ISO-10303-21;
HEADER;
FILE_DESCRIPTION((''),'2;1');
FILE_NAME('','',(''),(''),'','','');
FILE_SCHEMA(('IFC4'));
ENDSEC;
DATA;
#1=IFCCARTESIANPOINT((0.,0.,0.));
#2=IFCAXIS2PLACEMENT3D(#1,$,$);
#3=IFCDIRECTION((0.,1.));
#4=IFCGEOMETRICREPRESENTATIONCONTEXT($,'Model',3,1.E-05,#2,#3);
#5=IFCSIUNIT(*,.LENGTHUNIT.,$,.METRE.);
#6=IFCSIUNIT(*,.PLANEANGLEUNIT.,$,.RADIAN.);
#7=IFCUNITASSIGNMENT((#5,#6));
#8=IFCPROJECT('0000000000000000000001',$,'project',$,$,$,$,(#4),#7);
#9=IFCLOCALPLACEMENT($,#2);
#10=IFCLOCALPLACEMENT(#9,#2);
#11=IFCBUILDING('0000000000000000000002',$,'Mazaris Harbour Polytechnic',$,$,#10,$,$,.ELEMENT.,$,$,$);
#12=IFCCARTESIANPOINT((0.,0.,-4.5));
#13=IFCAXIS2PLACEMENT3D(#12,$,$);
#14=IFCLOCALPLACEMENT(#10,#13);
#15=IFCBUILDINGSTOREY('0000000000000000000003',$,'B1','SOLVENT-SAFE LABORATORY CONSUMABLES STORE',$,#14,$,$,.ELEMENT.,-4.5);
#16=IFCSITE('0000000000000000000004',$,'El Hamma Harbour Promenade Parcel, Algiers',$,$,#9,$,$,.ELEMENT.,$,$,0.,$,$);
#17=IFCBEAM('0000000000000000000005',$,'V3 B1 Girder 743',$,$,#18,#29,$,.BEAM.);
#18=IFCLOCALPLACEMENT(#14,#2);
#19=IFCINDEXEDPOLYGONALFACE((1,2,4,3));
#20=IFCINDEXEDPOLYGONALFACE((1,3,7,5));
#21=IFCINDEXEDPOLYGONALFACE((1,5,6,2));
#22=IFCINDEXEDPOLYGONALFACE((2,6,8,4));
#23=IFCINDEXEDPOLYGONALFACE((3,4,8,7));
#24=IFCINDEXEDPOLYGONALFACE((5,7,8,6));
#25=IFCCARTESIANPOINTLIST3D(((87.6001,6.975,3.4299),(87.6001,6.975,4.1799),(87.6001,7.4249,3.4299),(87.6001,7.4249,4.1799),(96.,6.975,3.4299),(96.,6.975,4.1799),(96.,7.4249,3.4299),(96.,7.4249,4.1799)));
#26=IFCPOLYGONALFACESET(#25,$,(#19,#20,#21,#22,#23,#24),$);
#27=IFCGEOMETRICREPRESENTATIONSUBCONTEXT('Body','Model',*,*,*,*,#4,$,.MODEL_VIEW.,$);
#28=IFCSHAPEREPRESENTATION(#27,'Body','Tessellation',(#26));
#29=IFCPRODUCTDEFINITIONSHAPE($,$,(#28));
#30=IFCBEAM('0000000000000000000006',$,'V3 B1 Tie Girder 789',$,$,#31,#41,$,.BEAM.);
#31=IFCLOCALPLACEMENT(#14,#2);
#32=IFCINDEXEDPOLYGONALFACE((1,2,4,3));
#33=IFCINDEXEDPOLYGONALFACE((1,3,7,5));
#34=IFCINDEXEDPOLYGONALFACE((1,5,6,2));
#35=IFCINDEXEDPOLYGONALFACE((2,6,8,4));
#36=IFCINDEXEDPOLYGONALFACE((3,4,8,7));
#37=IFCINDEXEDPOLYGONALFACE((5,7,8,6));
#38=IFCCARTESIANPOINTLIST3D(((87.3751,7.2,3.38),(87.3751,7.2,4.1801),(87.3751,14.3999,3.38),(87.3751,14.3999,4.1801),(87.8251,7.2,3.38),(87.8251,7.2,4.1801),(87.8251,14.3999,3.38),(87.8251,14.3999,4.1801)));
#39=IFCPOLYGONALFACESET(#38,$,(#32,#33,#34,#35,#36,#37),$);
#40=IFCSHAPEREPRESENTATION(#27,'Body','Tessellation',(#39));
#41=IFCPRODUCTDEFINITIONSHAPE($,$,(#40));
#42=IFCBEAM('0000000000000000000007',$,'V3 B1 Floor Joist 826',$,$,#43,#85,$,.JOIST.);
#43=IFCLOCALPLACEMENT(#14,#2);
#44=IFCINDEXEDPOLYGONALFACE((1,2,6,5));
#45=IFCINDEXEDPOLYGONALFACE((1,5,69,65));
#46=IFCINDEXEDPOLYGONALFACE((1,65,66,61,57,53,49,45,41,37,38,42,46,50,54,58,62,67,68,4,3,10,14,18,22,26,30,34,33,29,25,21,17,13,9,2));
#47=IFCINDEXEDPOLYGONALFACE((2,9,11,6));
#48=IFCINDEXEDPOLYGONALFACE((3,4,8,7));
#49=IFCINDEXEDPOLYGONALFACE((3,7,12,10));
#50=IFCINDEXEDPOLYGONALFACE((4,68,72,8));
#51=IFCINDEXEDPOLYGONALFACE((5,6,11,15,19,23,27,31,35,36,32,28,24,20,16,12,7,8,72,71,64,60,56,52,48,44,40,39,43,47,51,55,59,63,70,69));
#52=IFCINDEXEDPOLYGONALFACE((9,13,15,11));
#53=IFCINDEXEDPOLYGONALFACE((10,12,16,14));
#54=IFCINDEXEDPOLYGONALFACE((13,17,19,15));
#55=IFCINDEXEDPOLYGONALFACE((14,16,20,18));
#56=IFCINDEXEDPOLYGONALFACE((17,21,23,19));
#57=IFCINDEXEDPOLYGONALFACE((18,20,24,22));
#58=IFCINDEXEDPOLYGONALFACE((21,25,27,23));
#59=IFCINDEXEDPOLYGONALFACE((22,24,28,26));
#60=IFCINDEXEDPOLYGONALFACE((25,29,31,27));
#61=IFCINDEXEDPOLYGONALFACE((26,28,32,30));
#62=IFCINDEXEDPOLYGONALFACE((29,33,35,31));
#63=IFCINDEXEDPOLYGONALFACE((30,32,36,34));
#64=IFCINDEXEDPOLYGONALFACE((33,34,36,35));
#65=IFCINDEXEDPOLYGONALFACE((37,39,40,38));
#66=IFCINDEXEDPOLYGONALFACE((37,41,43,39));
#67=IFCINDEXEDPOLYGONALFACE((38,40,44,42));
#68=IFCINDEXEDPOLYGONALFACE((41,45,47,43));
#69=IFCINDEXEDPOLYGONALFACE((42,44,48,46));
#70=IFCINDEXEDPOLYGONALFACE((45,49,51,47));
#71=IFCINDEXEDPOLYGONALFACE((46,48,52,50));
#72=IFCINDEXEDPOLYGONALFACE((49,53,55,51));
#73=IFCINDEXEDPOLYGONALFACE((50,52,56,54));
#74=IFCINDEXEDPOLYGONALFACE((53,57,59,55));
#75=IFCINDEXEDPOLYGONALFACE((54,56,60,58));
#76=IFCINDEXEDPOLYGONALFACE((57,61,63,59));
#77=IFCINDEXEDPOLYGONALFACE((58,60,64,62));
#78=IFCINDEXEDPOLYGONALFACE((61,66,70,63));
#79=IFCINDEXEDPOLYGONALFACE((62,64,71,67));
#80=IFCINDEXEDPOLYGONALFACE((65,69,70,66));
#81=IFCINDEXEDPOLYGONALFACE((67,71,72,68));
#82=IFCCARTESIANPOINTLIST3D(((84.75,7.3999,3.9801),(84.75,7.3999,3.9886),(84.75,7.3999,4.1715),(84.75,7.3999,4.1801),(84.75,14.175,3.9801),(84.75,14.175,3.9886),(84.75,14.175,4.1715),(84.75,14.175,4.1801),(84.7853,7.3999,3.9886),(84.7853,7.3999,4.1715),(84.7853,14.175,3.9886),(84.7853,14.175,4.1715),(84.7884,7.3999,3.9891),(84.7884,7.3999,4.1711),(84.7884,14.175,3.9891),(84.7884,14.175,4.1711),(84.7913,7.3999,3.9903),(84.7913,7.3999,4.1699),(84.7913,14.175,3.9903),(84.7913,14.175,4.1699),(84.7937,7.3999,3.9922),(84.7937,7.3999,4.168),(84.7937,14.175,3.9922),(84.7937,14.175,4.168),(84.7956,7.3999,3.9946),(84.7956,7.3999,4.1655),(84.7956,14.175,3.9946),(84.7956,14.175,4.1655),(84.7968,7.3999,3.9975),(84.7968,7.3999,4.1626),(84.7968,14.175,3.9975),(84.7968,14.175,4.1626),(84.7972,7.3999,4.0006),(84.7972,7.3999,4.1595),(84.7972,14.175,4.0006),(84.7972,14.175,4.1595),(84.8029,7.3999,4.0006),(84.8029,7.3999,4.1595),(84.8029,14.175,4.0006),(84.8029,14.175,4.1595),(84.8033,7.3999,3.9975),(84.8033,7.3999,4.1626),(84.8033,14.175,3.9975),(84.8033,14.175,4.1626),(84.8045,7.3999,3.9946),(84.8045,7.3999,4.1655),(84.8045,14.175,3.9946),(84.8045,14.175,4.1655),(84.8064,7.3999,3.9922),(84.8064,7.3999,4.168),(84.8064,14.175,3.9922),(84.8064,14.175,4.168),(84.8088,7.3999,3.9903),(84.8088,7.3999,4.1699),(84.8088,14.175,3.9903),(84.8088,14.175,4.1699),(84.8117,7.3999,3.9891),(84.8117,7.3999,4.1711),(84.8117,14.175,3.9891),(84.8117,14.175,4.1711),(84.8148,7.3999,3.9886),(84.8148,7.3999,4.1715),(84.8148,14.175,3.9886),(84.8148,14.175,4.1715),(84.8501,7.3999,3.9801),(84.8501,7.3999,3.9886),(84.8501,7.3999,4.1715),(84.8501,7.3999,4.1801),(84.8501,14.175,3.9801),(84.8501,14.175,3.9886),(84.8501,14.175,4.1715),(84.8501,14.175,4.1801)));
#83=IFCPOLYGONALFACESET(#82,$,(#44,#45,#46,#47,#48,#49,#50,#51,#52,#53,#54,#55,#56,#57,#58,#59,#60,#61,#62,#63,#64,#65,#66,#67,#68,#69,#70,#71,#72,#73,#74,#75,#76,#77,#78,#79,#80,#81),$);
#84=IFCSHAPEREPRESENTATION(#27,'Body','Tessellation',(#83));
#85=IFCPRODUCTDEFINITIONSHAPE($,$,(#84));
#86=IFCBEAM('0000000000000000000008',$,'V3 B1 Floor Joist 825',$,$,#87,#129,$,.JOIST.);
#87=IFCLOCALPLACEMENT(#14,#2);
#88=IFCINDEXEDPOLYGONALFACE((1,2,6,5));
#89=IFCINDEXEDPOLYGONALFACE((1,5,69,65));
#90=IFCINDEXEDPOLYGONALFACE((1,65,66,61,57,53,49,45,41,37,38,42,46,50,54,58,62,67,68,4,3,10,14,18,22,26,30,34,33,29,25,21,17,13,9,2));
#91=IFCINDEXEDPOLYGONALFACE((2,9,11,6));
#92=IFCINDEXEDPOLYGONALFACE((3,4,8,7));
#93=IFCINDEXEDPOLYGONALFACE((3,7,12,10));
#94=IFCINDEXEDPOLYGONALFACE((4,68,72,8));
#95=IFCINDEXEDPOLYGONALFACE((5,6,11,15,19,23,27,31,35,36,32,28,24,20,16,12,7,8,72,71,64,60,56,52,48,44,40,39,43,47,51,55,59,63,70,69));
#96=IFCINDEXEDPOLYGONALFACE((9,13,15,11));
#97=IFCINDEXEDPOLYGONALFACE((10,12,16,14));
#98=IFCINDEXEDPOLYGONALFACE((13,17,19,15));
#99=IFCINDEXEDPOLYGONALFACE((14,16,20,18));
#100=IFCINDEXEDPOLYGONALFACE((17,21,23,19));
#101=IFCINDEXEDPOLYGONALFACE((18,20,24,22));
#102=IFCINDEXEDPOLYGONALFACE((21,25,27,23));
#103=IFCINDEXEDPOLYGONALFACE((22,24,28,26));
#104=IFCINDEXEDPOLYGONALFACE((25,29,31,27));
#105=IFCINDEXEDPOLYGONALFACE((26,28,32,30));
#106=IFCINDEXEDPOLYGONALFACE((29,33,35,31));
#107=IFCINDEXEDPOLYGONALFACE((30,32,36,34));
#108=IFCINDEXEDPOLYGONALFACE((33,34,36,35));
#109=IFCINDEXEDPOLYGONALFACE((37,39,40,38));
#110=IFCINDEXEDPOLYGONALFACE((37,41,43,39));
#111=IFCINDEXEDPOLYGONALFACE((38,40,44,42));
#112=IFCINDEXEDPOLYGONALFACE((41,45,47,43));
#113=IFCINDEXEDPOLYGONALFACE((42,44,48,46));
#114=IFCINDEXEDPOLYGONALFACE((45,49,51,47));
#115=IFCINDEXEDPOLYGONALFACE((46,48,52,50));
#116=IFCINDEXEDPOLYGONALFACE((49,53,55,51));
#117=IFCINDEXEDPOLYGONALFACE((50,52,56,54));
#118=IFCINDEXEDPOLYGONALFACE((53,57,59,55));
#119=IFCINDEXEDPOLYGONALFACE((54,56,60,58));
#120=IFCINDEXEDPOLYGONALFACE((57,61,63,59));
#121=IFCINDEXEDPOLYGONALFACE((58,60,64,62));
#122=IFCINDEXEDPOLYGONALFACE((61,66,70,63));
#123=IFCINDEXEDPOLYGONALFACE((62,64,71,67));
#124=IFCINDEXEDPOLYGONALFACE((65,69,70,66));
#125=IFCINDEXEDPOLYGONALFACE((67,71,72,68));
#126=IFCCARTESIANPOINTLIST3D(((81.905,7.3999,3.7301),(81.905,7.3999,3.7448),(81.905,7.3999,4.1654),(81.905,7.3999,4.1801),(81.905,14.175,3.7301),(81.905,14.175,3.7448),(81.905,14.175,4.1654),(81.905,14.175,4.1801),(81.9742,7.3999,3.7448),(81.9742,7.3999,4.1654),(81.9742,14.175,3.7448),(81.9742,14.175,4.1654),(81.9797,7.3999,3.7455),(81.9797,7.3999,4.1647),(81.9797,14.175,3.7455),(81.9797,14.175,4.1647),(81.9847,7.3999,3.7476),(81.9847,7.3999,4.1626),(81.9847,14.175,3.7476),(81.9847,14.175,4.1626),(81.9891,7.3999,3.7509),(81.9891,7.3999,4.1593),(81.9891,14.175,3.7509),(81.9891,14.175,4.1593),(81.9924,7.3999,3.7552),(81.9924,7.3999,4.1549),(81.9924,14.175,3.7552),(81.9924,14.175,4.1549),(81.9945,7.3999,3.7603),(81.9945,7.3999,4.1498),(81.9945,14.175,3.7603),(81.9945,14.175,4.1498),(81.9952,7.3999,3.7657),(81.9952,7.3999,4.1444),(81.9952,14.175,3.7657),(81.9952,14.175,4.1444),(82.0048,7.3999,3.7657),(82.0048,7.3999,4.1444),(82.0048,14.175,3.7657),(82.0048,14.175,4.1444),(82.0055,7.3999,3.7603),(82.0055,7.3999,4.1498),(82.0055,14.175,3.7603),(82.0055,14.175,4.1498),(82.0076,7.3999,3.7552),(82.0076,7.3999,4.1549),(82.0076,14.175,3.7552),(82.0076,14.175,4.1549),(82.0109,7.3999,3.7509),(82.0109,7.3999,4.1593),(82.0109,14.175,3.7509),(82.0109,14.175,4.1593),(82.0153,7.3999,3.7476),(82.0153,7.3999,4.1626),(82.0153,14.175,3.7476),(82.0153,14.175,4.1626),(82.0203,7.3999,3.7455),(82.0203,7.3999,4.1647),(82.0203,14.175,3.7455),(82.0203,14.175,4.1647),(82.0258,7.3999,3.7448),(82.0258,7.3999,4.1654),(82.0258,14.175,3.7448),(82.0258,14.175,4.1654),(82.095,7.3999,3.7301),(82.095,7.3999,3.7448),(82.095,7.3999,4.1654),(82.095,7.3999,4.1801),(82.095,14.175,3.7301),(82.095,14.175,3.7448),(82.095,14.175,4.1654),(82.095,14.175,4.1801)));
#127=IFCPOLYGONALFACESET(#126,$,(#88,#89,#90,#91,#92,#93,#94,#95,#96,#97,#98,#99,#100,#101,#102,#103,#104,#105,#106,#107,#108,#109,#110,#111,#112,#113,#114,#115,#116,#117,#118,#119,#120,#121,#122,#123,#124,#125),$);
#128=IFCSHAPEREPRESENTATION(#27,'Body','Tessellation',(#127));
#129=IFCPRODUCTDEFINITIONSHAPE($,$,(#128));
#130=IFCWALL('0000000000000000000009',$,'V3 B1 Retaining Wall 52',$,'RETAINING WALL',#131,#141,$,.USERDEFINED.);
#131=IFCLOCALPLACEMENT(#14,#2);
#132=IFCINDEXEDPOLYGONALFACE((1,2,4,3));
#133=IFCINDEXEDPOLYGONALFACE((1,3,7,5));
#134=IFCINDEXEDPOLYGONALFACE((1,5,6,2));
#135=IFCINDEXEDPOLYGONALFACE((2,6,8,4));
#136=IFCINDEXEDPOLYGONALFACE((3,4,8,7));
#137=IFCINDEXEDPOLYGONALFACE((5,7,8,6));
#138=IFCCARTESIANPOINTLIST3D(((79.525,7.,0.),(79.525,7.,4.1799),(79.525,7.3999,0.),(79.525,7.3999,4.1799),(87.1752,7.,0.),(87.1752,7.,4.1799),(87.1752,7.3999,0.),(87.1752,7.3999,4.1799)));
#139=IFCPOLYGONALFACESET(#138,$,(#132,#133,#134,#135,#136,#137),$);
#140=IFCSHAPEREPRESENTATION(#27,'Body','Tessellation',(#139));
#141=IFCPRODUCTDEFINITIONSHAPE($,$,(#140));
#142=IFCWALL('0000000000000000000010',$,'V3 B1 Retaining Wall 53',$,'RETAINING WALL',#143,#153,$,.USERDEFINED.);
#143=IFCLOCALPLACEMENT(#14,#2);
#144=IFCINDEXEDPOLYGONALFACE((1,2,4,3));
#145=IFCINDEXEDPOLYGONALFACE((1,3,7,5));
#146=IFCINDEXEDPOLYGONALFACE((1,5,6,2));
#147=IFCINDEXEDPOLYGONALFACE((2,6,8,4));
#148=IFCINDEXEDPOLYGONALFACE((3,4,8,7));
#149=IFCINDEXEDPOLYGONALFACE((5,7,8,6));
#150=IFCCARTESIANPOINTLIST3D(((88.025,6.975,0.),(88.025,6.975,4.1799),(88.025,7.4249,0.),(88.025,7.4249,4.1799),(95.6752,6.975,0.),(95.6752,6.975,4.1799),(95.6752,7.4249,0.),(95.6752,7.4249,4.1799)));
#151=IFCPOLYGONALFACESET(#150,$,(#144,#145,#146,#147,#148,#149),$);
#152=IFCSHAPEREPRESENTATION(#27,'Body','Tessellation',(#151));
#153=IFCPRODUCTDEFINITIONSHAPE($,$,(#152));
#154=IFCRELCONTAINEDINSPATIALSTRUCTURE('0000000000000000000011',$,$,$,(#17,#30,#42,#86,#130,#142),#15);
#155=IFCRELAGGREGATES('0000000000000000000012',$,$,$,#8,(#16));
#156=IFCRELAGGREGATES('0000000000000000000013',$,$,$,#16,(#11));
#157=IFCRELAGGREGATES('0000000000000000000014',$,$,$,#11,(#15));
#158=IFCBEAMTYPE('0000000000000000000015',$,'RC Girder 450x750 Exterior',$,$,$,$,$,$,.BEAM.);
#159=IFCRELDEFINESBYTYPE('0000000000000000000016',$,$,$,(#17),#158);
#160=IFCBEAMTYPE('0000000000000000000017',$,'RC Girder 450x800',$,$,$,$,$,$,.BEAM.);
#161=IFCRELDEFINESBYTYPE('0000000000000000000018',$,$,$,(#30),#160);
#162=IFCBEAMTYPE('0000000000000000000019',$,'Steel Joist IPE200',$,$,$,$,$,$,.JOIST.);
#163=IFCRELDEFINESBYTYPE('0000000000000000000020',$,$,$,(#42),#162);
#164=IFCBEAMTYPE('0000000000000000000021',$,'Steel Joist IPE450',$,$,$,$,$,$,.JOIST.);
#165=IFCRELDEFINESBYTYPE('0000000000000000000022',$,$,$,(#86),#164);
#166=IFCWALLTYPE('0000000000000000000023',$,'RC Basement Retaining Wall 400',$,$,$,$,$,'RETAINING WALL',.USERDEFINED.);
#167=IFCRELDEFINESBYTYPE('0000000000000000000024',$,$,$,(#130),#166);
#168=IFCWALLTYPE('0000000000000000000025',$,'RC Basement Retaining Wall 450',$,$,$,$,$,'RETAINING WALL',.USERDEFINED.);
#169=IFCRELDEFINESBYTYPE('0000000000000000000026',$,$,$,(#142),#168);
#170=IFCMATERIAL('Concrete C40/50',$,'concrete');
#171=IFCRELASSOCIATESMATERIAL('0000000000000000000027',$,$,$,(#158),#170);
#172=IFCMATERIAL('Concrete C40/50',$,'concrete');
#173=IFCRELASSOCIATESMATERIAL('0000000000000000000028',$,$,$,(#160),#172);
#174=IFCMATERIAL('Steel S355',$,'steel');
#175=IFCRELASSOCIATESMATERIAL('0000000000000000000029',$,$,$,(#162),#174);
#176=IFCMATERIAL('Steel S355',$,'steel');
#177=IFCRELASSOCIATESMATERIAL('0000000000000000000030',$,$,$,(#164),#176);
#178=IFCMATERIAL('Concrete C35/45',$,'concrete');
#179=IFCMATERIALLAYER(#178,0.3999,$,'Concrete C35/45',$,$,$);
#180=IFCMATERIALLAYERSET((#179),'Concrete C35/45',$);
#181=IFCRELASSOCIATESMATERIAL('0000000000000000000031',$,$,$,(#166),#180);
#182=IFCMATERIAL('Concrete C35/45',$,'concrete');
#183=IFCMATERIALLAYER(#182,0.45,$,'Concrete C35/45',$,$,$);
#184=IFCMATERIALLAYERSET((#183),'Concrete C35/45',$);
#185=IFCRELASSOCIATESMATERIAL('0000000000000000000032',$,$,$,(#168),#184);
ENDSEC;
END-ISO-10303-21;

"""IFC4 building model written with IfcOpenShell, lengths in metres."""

from ifc_helpers import new_model, si_unit, direction, frame, frame_2d, origin, origin_2d, place, context, subcontext, project, spatial, rectangle, i_section, extrude, material, layer, layer_set, material_profile, profile_set, type_object, element, save


model = new_model("IFC4")

# Units and contexts
model_context = context("Model", 3, precision=1e-05, world=origin(), true_north=direction((0.0, 1.0)))
body_context = subcontext(model_context, "Body", "Model", "MODEL_VIEW")
ifc_project = project(units=[si_unit("LENGTHUNIT", "METRE"), si_unit("PLANEANGLEUNIT", "RADIAN")], contexts=[model_context])

# Site, building, storey
site_placement = place(None, origin())
site = spatial("IfcSite", under=ifc_project, at=site_placement, Name="El Hamma Harbour Promenade Parcel, Algiers", CompositionType="ELEMENT", RefElevation=0.0)
building_placement = place(site_placement, origin())
building = spatial("IfcBuilding", under=site, at=building_placement, Name="Mazaris Harbour Polytechnic", CompositionType="ELEMENT")
storey_placement = place(building_placement, frame((0.0, 0.0, -4.5)))
storey = spatial("IfcBuildingStorey", under=building, at=storey_placement, Name="B1", Description="SOLVENT-SAFE LABORATORY CONSUMABLES STORE", CompositionType="ELEMENT", Elevation=-4.5)

# Beams
ifc_material_1 = material(Name="Concrete C40/50", Category="concrete")
ifc_material_profile_1 = material_profile(ifc_material_1, rectangle(XDim=0.45, YDim=0.75, at=origin_2d()), Name="RECT450x750")
ifc_profile_set_1 = profile_set([ifc_material_profile_1], Name="Concrete C40/50")
beam_type_1 = type_object("IfcBeamType", Name="RC Girder 450x750 Exterior", PredefinedType="BEAM", material=ifc_profile_set_1)
beam_1_placement = place(storey_placement, frame((87.6001, 7.2, 3.8049), z_axis=(1.0, 0.0, 0.0), x_axis=(0.0, 1.0, 0.0)))
element("IfcBeam", 1, at=beam_1_placement, inside=storey, type_object=beam_type_1, Name="V3 B1 Girder 743", PredefinedType="BEAM", context=body_context, shape_type="SweptSolid", body=[
    extrude(rectangle(XDim=0.45, YDim=0.75, at=origin_2d()), origin(), (0.0, 0.0, 1.0), 8.3999),
])
ifc_material_2 = material(Name="Concrete C40/50", Category="concrete")
ifc_material_profile_2 = material_profile(ifc_material_2, rectangle(XDim=0.45, YDim=0.8, at=origin_2d()), Name="RECT450x800")
ifc_profile_set_2 = profile_set([ifc_material_profile_2], Name="Concrete C40/50")
beam_type_2 = type_object("IfcBeamType", Name="RC Girder 450x800", PredefinedType="BEAM", material=ifc_profile_set_2)
beam_2_placement = place(storey_placement, frame((87.6001, 7.2, 3.78), z_axis=(0.0, 1.0, 0.0), x_axis=(-1.0, 0.0, 0.0)))
element("IfcBeam", 2, at=beam_2_placement, inside=storey, type_object=beam_type_2, Name="V3 B1 Tie Girder 789", PredefinedType="BEAM", context=body_context, shape_type="SweptSolid", body=[
    extrude(rectangle(XDim=0.45, YDim=0.8, at=origin_2d()), origin(), (0.0, 0.0, 1.0), 7.2),
])
ifc_material_3 = material(Name="Steel S355", Category="steel")
ifc_material_profile_3 = material_profile(ifc_material_3, i_section(OverallWidth=0.1001, OverallDepth=0.2, WebThickness=0.0056, FlangeThickness=0.0085, FilletRadius=0.012, at=origin_2d()), Name="IPE 200")
ifc_profile_set_3 = profile_set([ifc_material_profile_3], Name="Steel S355")
beam_type_3 = type_object("IfcBeamType", Name="Steel Joist IPE200", PredefinedType="JOIST", material=ifc_profile_set_3)
beam_3_placement = place(storey_placement, frame((84.8, 7.3999, 4.0801), z_axis=(0.0, 1.0, 0.0), x_axis=(-1.0, 0.0, 0.0)))
element("IfcBeam", 3, at=beam_3_placement, inside=storey, type_object=beam_type_3, Name="V3 B1 Floor Joist 826", PredefinedType="JOIST", context=body_context, shape_type="SweptSolid", body=[
    extrude(i_section(OverallWidth=0.1001, OverallDepth=0.2, WebThickness=0.0056, FlangeThickness=0.0085, FilletRadius=0.012, at=origin_2d()), origin(), (0.0, 0.0, 1.0), 6.7751),
])
ifc_material_4 = material(Name="Steel S355", Category="steel")
ifc_material_profile_4 = material_profile(ifc_material_4, i_section(OverallWidth=0.1899, OverallDepth=0.45, WebThickness=0.0095, FlangeThickness=0.0146, FilletRadius=0.021, at=origin_2d()), Name="IPE 450")
ifc_profile_set_4 = profile_set([ifc_material_profile_4], Name="Steel S355")
beam_type_4 = type_object("IfcBeamType", Name="Steel Joist IPE450", PredefinedType="JOIST", material=ifc_profile_set_4)
beam_4_placement = place(storey_placement, frame((82.0, 7.3999, 3.9551), z_axis=(0.0, 1.0, 0.0), x_axis=(-1.0, 0.0, 0.0)))
element("IfcBeam", 4, at=beam_4_placement, inside=storey, type_object=beam_type_4, Name="V3 B1 Floor Joist 825", PredefinedType="JOIST", context=body_context, shape_type="SweptSolid", body=[
    extrude(i_section(OverallWidth=0.1899, OverallDepth=0.45, WebThickness=0.0095, FlangeThickness=0.0146, FilletRadius=0.021, at=origin_2d()), origin(), (0.0, 0.0, 1.0), 6.7751),
])

# Walls
ifc_material_5 = material(Name="Concrete C35/45", Category="concrete")
ifc_layer_1 = layer(ifc_material_5, 0.3999, Name="Concrete C35/45")
ifc_layer_set_1 = layer_set([ifc_layer_1], Name="Concrete C35/45")
wall_type_1 = type_object("IfcWallType", Name="RC Basement Retaining Wall 400", ElementType="RETAINING WALL", PredefinedType="USERDEFINED", material=ifc_layer_set_1)
wall_1_placement = place(storey_placement, frame((79.5249, 7.2, 0.0), z_axis=(0.0, 0.0, 1.0), x_axis=(1.0, 0.0, 0.0)))
element("IfcWall", 5, at=wall_1_placement, inside=storey, type_object=wall_type_1, Name="V3 B1 Retaining Wall 52", ObjectType="RETAINING WALL", PredefinedType="USERDEFINED", context=body_context, shape_type="SweptSolid", body=[
    extrude(rectangle(XDim=7.6501, YDim=0.3999, at=frame_2d((3.8252, 0.0))), origin(), (0.0, 0.0, 1.0), 4.1799),
])
ifc_material_6 = material(Name="Concrete C35/45", Category="concrete")
ifc_layer_2 = layer(ifc_material_6, 0.45, Name="Concrete C35/45")
ifc_layer_set_2 = layer_set([ifc_layer_2], Name="Concrete C35/45")
wall_type_2 = type_object("IfcWallType", Name="RC Basement Retaining Wall 450", ElementType="RETAINING WALL", PredefinedType="USERDEFINED", material=ifc_layer_set_2)
wall_2_placement = place(storey_placement, frame((88.0249, 7.2, 0.0), z_axis=(0.0, 0.0, 1.0), x_axis=(1.0, 0.0, 0.0)))
element("IfcWall", 6, at=wall_2_placement, inside=storey, type_object=wall_type_2, Name="V3 B1 Retaining Wall 53", ObjectType="RETAINING WALL", PredefinedType="USERDEFINED", context=body_context, shape_type="SweptSolid", body=[
    extrude(rectangle(XDim=7.6501, YDim=0.45, at=frame_2d((3.8252, 0.0))), origin(), (0.0, 0.0, 1.0), 4.1799),
])

save(model, "model.ifc")
